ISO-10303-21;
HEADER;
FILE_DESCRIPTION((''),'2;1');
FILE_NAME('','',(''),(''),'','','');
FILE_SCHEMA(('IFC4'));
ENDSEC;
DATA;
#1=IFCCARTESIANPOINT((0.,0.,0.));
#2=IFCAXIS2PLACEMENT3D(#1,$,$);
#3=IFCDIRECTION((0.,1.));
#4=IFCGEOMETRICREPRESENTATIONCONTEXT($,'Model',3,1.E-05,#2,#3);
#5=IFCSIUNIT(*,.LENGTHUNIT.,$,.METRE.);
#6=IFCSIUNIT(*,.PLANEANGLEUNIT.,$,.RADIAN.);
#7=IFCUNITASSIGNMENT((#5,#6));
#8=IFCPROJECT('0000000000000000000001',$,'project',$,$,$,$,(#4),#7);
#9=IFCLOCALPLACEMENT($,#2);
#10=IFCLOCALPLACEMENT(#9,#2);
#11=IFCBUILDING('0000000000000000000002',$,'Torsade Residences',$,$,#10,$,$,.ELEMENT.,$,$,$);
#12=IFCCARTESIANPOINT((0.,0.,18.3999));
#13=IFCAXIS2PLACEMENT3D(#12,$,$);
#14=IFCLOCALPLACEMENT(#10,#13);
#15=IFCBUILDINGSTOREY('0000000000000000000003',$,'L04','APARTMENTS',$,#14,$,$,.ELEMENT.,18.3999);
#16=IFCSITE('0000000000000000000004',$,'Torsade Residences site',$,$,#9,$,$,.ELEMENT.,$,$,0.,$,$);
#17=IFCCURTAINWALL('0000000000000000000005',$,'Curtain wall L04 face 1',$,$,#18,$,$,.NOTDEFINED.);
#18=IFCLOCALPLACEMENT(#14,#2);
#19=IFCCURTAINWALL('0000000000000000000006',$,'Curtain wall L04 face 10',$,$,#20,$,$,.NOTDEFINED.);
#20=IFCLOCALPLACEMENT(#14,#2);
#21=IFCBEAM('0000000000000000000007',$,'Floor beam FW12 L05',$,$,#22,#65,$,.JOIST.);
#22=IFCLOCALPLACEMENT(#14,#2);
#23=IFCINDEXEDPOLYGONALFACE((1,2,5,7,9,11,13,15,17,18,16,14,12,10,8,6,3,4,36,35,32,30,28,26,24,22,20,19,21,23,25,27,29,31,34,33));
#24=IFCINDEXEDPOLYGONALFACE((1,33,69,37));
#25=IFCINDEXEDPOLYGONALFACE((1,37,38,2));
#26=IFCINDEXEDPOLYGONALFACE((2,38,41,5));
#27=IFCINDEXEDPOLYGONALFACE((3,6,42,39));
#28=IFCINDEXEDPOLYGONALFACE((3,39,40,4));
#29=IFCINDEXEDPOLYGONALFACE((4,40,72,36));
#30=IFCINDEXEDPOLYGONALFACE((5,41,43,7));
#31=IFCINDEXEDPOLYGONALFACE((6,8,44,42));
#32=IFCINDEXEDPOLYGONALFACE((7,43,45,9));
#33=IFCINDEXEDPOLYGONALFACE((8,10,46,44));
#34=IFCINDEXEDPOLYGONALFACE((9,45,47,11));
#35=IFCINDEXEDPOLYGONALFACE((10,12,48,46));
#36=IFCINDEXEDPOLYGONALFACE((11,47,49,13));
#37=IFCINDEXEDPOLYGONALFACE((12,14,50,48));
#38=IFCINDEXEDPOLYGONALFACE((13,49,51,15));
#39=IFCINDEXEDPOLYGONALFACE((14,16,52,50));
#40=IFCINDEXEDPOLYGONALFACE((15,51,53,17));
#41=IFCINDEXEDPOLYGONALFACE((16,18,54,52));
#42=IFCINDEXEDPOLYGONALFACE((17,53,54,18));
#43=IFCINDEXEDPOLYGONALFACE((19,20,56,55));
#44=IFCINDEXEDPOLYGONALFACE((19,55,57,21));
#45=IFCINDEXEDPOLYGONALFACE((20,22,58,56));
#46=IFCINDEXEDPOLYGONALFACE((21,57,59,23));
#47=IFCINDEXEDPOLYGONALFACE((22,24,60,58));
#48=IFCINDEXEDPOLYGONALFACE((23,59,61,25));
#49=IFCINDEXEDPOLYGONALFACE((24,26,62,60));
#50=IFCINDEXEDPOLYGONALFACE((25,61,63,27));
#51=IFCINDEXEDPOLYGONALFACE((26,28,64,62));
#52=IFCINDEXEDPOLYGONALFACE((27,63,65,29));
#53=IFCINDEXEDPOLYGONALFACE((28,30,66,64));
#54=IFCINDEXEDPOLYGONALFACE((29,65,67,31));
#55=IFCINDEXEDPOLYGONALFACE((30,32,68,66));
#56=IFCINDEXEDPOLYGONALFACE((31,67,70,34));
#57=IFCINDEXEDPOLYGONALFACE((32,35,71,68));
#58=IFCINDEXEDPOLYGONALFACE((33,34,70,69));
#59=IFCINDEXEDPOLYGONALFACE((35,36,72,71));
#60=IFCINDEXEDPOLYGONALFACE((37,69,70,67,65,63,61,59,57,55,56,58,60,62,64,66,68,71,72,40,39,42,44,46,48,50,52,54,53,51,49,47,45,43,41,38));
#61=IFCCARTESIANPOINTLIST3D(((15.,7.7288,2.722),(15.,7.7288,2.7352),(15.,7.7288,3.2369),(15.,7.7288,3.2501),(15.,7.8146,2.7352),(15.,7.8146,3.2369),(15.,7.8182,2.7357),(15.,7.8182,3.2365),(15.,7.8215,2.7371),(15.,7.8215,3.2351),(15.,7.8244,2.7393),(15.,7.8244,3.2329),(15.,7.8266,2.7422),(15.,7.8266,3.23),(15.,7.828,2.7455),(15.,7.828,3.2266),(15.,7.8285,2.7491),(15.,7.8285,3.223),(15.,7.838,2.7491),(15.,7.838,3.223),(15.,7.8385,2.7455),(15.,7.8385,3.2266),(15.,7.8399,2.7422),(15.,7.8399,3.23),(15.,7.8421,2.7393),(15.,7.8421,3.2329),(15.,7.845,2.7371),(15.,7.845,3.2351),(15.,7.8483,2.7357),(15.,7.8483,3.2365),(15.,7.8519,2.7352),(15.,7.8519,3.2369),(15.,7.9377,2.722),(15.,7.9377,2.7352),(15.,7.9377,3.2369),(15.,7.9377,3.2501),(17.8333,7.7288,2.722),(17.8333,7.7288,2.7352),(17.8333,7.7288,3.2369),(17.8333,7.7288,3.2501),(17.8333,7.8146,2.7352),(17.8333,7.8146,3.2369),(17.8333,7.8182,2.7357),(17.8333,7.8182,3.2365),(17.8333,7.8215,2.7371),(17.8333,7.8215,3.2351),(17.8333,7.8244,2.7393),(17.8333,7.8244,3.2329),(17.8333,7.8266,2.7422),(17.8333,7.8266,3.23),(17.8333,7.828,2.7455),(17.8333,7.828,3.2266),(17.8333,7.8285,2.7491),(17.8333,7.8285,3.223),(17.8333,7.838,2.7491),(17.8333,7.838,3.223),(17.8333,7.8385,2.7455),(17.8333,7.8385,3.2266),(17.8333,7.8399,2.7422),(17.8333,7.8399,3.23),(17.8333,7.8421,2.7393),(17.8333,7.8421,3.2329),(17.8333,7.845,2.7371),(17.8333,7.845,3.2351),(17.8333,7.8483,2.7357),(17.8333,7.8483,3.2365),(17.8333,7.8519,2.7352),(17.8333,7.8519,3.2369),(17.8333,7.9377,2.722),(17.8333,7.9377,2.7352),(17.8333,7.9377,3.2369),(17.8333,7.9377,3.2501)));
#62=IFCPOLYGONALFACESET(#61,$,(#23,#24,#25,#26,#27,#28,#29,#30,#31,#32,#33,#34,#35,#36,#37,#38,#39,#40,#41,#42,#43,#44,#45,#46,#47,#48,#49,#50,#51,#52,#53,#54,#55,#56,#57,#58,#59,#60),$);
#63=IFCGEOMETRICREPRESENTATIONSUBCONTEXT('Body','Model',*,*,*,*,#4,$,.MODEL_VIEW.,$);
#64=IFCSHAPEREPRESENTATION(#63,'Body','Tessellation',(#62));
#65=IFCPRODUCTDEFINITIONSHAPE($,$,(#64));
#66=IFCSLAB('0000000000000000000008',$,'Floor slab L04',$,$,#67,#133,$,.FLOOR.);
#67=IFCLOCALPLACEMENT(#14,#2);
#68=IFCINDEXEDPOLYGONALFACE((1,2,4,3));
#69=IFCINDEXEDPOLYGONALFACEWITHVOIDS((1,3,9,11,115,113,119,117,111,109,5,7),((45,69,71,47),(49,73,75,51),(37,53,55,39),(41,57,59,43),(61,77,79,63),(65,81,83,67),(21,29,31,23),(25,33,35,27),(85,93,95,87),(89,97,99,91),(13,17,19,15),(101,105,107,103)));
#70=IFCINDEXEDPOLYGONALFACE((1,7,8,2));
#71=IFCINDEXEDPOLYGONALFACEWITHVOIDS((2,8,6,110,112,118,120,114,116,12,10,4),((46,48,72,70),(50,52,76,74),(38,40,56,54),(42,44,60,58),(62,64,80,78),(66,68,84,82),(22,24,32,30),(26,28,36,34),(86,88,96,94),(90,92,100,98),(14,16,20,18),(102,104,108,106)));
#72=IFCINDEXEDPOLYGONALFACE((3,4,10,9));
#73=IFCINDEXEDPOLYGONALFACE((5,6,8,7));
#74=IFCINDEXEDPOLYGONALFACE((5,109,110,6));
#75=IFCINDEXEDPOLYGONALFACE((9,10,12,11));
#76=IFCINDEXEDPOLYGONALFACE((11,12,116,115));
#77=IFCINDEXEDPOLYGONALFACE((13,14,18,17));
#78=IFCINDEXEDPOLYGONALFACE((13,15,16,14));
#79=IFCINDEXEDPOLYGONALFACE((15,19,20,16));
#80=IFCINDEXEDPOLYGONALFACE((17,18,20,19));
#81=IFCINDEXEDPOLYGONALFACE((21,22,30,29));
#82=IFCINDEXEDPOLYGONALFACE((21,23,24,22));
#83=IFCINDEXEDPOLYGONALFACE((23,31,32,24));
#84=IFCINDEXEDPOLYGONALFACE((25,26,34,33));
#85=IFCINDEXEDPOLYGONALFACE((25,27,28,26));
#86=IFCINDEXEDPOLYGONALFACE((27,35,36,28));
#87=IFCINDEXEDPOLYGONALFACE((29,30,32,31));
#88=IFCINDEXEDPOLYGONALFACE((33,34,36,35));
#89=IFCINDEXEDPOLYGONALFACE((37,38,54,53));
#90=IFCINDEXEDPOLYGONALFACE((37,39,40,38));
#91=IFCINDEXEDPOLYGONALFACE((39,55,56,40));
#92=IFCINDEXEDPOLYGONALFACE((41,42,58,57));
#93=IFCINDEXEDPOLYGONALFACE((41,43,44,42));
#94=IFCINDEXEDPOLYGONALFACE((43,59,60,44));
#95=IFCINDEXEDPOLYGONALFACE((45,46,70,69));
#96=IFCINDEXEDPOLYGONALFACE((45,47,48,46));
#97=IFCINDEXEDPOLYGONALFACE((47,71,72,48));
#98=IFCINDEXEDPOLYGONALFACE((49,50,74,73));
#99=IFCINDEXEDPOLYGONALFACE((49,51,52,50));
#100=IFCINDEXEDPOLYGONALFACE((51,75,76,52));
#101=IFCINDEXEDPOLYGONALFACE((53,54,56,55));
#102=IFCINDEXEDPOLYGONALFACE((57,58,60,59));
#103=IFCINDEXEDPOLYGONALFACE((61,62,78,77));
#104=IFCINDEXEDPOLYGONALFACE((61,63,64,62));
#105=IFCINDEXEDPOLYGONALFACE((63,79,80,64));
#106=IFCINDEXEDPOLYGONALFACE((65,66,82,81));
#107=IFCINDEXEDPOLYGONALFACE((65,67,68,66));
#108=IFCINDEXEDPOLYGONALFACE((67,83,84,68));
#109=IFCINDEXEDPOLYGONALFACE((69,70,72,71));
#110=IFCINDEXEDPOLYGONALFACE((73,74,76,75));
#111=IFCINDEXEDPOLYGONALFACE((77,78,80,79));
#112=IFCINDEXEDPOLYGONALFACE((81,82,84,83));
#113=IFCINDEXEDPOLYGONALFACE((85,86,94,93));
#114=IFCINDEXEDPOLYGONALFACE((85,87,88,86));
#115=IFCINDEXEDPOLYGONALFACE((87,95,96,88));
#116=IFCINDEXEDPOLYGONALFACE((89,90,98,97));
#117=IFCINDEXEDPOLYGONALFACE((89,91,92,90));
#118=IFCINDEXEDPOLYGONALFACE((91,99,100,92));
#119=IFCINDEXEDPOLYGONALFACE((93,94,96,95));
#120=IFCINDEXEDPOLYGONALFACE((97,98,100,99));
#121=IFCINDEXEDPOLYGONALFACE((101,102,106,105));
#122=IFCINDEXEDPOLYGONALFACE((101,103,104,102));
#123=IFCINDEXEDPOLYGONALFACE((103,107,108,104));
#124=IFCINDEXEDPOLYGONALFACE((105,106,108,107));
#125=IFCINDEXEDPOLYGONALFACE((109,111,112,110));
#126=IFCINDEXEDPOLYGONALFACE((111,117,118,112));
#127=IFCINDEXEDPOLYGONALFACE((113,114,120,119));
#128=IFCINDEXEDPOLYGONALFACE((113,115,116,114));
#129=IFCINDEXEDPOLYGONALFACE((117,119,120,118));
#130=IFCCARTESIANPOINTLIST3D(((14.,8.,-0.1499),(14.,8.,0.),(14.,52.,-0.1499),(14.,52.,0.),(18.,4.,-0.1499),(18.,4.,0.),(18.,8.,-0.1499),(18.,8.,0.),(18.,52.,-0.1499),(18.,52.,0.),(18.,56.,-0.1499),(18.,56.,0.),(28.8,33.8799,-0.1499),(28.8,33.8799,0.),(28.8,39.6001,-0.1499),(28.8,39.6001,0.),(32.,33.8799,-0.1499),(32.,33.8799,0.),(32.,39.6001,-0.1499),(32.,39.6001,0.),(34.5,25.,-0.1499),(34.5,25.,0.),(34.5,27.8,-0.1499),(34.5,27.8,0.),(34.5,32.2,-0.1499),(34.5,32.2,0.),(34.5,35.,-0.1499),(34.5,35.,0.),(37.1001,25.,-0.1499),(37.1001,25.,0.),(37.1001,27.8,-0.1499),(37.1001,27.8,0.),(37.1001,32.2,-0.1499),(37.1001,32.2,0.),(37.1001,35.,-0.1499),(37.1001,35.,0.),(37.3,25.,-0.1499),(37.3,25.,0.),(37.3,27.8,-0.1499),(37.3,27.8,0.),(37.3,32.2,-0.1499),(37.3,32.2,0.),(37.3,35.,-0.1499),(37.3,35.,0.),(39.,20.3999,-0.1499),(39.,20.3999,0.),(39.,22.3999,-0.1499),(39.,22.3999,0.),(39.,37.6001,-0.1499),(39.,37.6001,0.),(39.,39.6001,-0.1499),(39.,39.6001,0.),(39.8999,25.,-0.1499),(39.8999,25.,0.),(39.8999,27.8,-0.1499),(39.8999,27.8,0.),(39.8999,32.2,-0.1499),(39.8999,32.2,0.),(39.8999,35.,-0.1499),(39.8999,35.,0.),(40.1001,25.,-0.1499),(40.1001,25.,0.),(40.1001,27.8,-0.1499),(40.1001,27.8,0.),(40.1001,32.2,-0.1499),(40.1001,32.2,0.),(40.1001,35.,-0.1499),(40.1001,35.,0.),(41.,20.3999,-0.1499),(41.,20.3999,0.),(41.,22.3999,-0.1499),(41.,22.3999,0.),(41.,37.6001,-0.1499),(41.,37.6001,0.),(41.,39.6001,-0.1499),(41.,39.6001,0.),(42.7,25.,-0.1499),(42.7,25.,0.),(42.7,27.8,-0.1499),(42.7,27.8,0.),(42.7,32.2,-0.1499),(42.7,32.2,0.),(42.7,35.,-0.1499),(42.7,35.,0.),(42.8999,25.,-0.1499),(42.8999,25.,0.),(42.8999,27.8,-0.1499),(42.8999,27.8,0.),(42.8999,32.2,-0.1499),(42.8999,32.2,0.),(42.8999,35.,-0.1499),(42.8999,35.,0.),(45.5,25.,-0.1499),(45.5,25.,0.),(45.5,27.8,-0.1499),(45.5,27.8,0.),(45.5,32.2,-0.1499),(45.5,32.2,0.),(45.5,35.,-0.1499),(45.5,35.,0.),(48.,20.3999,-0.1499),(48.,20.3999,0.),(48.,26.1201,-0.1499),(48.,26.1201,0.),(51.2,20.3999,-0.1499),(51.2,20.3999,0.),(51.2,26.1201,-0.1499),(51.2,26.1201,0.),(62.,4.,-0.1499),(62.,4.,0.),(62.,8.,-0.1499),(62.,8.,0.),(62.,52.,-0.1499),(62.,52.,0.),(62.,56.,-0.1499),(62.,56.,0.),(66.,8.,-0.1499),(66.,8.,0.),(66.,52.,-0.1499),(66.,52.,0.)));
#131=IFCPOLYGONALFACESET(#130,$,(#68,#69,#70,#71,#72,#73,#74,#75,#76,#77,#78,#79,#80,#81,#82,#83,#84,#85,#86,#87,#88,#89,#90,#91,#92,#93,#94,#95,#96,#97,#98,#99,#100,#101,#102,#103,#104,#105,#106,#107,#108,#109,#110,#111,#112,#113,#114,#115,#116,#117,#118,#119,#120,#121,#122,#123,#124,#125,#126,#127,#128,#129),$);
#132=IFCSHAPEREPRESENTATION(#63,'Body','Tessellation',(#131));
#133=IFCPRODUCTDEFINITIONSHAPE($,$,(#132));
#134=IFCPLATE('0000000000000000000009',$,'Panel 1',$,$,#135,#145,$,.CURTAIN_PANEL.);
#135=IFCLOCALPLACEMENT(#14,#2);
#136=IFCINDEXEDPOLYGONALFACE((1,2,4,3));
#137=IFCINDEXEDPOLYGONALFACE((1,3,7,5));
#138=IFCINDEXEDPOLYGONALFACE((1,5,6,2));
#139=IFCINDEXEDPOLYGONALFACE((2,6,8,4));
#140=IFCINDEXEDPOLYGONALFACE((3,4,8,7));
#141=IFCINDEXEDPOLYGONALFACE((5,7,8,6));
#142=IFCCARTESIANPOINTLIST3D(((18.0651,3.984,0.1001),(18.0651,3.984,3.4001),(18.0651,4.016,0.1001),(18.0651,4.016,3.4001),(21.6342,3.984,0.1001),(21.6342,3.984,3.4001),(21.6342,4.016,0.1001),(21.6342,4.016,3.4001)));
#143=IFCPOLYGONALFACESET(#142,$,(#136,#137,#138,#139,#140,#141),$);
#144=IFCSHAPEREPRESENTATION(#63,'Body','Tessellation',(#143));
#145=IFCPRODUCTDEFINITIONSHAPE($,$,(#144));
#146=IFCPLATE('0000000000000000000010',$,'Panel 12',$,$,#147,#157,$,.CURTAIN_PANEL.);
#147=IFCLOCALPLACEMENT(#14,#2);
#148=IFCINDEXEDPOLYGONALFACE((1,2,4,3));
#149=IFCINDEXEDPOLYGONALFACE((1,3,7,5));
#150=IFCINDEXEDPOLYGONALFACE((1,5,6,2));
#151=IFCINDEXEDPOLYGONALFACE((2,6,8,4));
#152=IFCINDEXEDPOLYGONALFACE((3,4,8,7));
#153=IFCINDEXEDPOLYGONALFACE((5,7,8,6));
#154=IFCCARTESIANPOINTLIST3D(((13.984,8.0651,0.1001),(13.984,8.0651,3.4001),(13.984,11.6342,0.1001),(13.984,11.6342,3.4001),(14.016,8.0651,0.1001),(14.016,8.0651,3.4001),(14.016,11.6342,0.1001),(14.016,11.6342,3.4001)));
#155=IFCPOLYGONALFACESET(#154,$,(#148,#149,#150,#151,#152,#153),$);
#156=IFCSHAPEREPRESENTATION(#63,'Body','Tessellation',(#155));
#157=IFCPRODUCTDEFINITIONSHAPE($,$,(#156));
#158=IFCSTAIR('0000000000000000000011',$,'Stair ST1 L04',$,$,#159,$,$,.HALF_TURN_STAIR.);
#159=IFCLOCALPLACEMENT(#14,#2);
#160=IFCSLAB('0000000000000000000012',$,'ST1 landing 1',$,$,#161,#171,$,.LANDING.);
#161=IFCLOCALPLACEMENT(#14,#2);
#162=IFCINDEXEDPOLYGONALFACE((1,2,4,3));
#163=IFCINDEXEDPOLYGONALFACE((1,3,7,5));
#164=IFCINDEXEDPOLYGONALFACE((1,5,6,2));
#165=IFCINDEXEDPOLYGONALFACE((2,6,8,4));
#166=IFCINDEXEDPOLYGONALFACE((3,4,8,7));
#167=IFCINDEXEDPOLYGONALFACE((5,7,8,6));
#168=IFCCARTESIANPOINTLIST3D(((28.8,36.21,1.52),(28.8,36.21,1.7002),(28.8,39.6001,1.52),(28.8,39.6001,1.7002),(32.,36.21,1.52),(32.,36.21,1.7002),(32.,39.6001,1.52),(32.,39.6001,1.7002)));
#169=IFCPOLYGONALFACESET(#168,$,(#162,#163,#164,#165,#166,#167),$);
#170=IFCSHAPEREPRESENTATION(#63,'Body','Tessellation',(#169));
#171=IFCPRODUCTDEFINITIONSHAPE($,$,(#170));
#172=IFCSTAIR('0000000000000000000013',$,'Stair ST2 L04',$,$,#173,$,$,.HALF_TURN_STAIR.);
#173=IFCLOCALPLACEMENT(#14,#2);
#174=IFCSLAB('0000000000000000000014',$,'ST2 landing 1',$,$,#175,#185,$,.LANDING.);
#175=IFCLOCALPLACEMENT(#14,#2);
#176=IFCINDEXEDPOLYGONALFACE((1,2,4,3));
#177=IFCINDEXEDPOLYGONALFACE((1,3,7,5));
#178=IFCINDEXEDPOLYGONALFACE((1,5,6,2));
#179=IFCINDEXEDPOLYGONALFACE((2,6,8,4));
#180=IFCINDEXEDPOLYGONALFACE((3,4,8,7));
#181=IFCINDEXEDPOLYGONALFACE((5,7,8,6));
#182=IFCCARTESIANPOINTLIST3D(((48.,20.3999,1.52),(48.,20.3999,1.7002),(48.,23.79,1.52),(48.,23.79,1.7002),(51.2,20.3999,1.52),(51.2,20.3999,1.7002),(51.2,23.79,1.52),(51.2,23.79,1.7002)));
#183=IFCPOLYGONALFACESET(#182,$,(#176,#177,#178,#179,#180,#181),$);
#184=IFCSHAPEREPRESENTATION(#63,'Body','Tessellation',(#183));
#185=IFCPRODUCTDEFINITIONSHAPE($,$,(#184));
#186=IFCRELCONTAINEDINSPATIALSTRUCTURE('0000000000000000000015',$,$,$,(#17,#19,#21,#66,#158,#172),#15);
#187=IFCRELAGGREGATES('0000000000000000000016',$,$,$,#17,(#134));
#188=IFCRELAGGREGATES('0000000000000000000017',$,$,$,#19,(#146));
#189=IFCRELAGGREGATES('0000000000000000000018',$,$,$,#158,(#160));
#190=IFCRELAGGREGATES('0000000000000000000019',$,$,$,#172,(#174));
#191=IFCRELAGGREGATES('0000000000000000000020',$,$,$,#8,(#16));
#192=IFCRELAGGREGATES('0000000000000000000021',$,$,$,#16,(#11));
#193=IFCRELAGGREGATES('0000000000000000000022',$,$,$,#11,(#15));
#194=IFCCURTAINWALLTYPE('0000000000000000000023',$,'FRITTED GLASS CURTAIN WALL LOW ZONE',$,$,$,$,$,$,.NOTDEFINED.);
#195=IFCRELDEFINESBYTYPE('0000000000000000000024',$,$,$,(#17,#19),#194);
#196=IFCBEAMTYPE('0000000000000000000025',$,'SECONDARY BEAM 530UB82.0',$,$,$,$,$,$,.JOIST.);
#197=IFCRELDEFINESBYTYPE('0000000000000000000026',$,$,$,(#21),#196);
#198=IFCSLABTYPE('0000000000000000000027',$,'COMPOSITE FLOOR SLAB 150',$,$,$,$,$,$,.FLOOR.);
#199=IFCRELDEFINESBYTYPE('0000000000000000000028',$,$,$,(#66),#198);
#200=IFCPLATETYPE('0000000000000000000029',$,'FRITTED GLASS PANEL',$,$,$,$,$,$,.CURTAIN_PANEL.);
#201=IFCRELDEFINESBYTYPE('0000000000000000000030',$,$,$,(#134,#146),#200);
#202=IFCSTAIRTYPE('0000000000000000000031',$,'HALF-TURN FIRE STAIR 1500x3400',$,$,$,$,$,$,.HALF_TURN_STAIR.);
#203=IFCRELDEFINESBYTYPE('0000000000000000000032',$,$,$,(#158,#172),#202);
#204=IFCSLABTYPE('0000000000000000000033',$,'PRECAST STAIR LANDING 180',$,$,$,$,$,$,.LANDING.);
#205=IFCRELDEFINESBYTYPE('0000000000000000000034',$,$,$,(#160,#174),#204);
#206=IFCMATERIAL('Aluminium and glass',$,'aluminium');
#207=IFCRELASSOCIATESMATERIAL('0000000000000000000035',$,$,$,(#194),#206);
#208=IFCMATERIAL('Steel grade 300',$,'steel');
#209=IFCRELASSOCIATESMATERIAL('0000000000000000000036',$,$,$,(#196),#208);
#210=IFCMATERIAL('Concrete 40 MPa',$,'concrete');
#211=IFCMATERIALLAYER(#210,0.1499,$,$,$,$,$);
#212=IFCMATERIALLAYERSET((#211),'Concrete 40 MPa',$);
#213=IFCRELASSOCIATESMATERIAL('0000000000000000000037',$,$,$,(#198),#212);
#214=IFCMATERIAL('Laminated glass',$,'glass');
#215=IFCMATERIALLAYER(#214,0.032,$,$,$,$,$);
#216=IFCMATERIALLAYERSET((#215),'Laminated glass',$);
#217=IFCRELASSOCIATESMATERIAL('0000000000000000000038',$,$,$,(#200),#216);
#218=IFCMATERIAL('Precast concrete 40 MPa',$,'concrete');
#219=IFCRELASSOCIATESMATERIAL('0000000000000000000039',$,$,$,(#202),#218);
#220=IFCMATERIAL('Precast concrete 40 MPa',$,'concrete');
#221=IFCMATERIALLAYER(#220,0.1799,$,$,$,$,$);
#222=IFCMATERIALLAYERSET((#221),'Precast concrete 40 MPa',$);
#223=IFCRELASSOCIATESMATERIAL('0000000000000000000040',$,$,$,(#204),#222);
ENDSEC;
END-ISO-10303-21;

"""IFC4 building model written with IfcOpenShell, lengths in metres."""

from ifc_helpers import new_model, si_unit, direction, frame, origin, origin_2d, place, context, subcontext, project, spatial, polyline, rectangle, i_section, outline, extrude, material, layer, layer_set, material_profile, profile_set, type_object, element, aggregate, save


model = new_model("IFC4")

# Units and contexts
model_context = context("Model", 3, precision=1e-05, world=origin(), true_north=direction((0.0, 1.0)))
body_context = subcontext(model_context, "Body", "Model", "MODEL_VIEW")
ifc_project = project(units=[si_unit("LENGTHUNIT", "METRE"), si_unit("PLANEANGLEUNIT", "RADIAN")], contexts=[model_context])

# Site, building, storey
site_placement = place(None, origin())
site = spatial("IfcSite", under=ifc_project, at=site_placement, Name="Torsade Residences site", CompositionType="ELEMENT", RefElevation=0.0)
building_placement = place(site_placement, origin())
building = spatial("IfcBuilding", under=site, at=building_placement, Name="Torsade Residences", CompositionType="ELEMENT")
storey_placement = place(building_placement, frame((0.0, 0.0, 18.3999)))
storey = spatial("IfcBuildingStorey", under=building, at=storey_placement, Name="L04", Description="APARTMENTS", CompositionType="ELEMENT", Elevation=18.3999)

# Curtain wall
ifc_material_1 = material(Name="Aluminium and glass", Category="aluminium")
curtain_wall_type = type_object("IfcCurtainWallType", Name="FRITTED GLASS CURTAIN WALL LOW ZONE", PredefinedType="NOTDEFINED", material=ifc_material_1)
curtain_wall_1_placement = place(storey_placement, origin())
curtain_wall_1 = element("IfcCurtainWall", 1, at=curtain_wall_1_placement, inside=storey, type_object=curtain_wall_type, Name="Curtain wall L04 face 1", PredefinedType="NOTDEFINED")

# Curtain wall
curtain_wall_2_placement = place(storey_placement, origin())
curtain_wall_2 = element("IfcCurtainWall", 2, at=curtain_wall_2_placement, inside=storey, type_object=curtain_wall_type, Name="Curtain wall L04 face 10", PredefinedType="NOTDEFINED")

# Beam
ifc_material_2 = material(Name="Steel grade 300", Category="steel")
ifc_material_profile_1 = material_profile(ifc_material_2, i_section(OverallWidth=0.209, OverallDepth=0.5281, WebThickness=0.0095, FlangeThickness=0.0132, FilletRadius=0.0139, at=origin_2d()), Name="530UB82.0")
ifc_profile_set_1 = profile_set([ifc_material_profile_1], Name="Steel grade 300")
beam_type_1 = type_object("IfcBeamType", Name="SECONDARY BEAM 530UB82.0", PredefinedType="JOIST", material=ifc_profile_set_1)
beam_1_placement = place(storey_placement, frame((15.0, 7.8333, 2.9861), z_axis=(1.0, 0.0, 0.0), x_axis=(0.0, 1.0, 0.0)))
element("IfcBeam", 3, at=beam_1_placement, inside=storey, type_object=beam_type_1, Name="Floor beam FW12 L05", PredefinedType="JOIST", context=body_context, shape_type="SweptSolid", body=[
    extrude(i_section(OverallWidth=0.209, OverallDepth=0.5281, WebThickness=0.0095, FlangeThickness=0.0132, FilletRadius=0.0139, at=origin_2d()), origin(), (0.0, 0.0, 1.0), 2.8333),
])

# Slab
ifc_material_3 = material(Name="Concrete 40 MPa", Category="concrete")
ifc_layer_1 = layer(ifc_material_3, 0.1499)
ifc_layer_set_1 = layer_set([ifc_layer_1], Name="Concrete 40 MPa")
slab_type_1 = type_object("IfcSlabType", Name="COMPOSITE FLOOR SLAB 150", PredefinedType="FLOOR", material=ifc_layer_set_1)
slab_1_placement = place(storey_placement, frame((0.0, 0.0, -0.1499)))
element("IfcSlab", 4, at=slab_1_placement, inside=storey, type_object=slab_type_1, Name="Floor slab L04", PredefinedType="FLOOR", context=body_context, shape_type="SweptSolid", body=[
    extrude(outline(polyline([(18.0, 4.0), (62.0, 4.0), (62.0, 8.0), (66.0, 8.0), (66.0, 52.0), (62.0, 52.0), (62.0, 56.0), (18.0, 56.0), (18.0, 52.0), (14.0, 52.0), (14.0, 8.0), (18.0, 8.0), (18.0, 4.0)]), holes=[polyline([(51.2, 20.3999), (51.2, 26.1201), (48.0, 26.1201), (48.0, 20.3999), (51.2, 20.3999)]), polyline([(45.5, 27.8), (42.8999, 27.8), (42.8999, 25.0), (45.5, 25.0), (45.5, 27.8)]), polyline([(45.5, 32.2), (45.5, 35.0), (42.8999, 35.0), (42.8999, 32.2), (45.5, 32.2)]), polyline([(42.7, 25.0), (42.7, 27.8), (40.1001, 27.8), (40.1001, 25.0), (42.7, 25.0)]), polyline([(42.7, 32.2), (42.7, 35.0), (40.1001, 35.0), (40.1001, 32.2), (42.7, 32.2)]), polyline([(41.0, 22.3999), (39.0, 22.3999), (39.0, 20.3999), (41.0, 20.3999), (41.0, 22.3999)]), polyline([(41.0, 37.6001), (41.0, 39.6001), (39.0, 39.6001), (39.0, 37.6001), (41.0, 37.6001)]), polyline([(39.8999, 25.0), (39.8999, 27.8), (37.3, 27.8), (37.3, 25.0), (39.8999, 25.0)]), polyline([(39.8999, 35.0), (37.3, 35.0), (37.3, 32.2), (39.8999, 32.2), (39.8999, 35.0)]), polyline([(37.1001, 27.8), (34.5, 27.8), (34.5, 25.0), (37.1001, 25.0), (37.1001, 27.8)]), polyline([(37.1001, 32.2), (37.1001, 35.0), (34.5, 35.0), (34.5, 32.2), (37.1001, 32.2)]), polyline([(32.0, 33.8799), (32.0, 39.6001), (28.8, 39.6001), (28.8, 33.8799), (32.0, 33.8799)])]), origin(), (0.0, 0.0, 1.0), 0.1499),
])

# Plates
ifc_material_4 = material(Name="Laminated glass", Category="glass")
ifc_layer_2 = layer(ifc_material_4, 0.032)
ifc_layer_set_2 = layer_set([ifc_layer_2], Name="Laminated glass")
plate_type = type_object("IfcPlateType", Name="FRITTED GLASS PANEL", PredefinedType="CURTAIN_PANEL", material=ifc_layer_set_2)
plate_1_placement = place(storey_placement, frame((19.8496, 4.0, 0.1001), z_axis=(0.0, 0.0, 1.0), x_axis=(1.0, 0.0, 0.0)))
plate_1 = element("IfcPlate", 5, at=plate_1_placement, type_object=plate_type, Name="Panel 1", PredefinedType="CURTAIN_PANEL", context=body_context, shape_type="SweptSolid", body=[
    extrude(rectangle(XDim=3.5691, YDim=0.032, at=origin_2d()), origin(), (0.0, 0.0, 1.0), 3.3),
])
aggregate(curtain_wall_1, [plate_1])
plate_2_placement = place(storey_placement, frame((14.0, 9.8496, 0.1001), z_axis=(0.0, 0.0, 1.0), x_axis=(0.0, -1.0, 0.0)))
plate_2 = element("IfcPlate", 6, at=plate_2_placement, type_object=plate_type, Name="Panel 12", PredefinedType="CURTAIN_PANEL", context=body_context, shape_type="SweptSolid", body=[
    extrude(rectangle(XDim=3.5691, YDim=0.032, at=origin_2d()), origin(), (0.0, 0.0, 1.0), 3.3),
])
aggregate(curtain_wall_2, [plate_2])

# Stairs, slabs
ifc_material_5 = material(Name="Precast concrete 40 MPa", Category="concrete")
stair_type = type_object("IfcStairType", Name="HALF-TURN FIRE STAIR 1500x3400", PredefinedType="HALF_TURN_STAIR", material=ifc_material_5)
stair_1_placement = place(storey_placement, origin())
stair_1 = element("IfcStair", 7, at=stair_1_placement, inside=storey, type_object=stair_type, Name="Stair ST1 L04", PredefinedType="HALF_TURN_STAIR")
ifc_material_6 = material(Name="Precast concrete 40 MPa", Category="concrete")
ifc_layer_3 = layer(ifc_material_6, 0.1799)
ifc_layer_set_3 = layer_set([ifc_layer_3], Name="Precast concrete 40 MPa")
slab_type_2 = type_object("IfcSlabType", Name="PRECAST STAIR LANDING 180", PredefinedType="LANDING", material=ifc_layer_set_3)
slab_2_placement = place(storey_placement, frame((0.0, 0.0, 1.52)))
slab_2 = element("IfcSlab", 8, at=slab_2_placement, type_object=slab_type_2, Name="ST1 landing 1", PredefinedType="LANDING", context=body_context, shape_type="SweptSolid", body=[
    extrude(outline(polyline([(28.8, 36.21), (32.0, 36.21), (32.0, 39.6001), (28.8, 39.6001), (28.8, 36.21)])), origin(), (0.0, 0.0, 1.0), 0.1802),
])
aggregate(stair_1, [slab_2])
stair_2_placement = place(storey_placement, origin())
stair_2 = element("IfcStair", 9, at=stair_2_placement, inside=storey, type_object=stair_type, Name="Stair ST2 L04", PredefinedType="HALF_TURN_STAIR")
slab_3_placement = place(storey_placement, frame((0.0, 0.0, 1.52)))
slab_3 = element("IfcSlab", 10, at=slab_3_placement, type_object=slab_type_2, Name="ST2 landing 1", PredefinedType="LANDING", context=body_context, shape_type="SweptSolid", body=[
    extrude(outline(polyline([(48.0, 20.3999), (51.2, 20.3999), (51.2, 23.79), (48.0, 23.79), (48.0, 20.3999)])), origin(), (0.0, 0.0, 1.0), 0.1802),
])
aggregate(stair_2, [slab_3])

save(model, "model.ifc")
